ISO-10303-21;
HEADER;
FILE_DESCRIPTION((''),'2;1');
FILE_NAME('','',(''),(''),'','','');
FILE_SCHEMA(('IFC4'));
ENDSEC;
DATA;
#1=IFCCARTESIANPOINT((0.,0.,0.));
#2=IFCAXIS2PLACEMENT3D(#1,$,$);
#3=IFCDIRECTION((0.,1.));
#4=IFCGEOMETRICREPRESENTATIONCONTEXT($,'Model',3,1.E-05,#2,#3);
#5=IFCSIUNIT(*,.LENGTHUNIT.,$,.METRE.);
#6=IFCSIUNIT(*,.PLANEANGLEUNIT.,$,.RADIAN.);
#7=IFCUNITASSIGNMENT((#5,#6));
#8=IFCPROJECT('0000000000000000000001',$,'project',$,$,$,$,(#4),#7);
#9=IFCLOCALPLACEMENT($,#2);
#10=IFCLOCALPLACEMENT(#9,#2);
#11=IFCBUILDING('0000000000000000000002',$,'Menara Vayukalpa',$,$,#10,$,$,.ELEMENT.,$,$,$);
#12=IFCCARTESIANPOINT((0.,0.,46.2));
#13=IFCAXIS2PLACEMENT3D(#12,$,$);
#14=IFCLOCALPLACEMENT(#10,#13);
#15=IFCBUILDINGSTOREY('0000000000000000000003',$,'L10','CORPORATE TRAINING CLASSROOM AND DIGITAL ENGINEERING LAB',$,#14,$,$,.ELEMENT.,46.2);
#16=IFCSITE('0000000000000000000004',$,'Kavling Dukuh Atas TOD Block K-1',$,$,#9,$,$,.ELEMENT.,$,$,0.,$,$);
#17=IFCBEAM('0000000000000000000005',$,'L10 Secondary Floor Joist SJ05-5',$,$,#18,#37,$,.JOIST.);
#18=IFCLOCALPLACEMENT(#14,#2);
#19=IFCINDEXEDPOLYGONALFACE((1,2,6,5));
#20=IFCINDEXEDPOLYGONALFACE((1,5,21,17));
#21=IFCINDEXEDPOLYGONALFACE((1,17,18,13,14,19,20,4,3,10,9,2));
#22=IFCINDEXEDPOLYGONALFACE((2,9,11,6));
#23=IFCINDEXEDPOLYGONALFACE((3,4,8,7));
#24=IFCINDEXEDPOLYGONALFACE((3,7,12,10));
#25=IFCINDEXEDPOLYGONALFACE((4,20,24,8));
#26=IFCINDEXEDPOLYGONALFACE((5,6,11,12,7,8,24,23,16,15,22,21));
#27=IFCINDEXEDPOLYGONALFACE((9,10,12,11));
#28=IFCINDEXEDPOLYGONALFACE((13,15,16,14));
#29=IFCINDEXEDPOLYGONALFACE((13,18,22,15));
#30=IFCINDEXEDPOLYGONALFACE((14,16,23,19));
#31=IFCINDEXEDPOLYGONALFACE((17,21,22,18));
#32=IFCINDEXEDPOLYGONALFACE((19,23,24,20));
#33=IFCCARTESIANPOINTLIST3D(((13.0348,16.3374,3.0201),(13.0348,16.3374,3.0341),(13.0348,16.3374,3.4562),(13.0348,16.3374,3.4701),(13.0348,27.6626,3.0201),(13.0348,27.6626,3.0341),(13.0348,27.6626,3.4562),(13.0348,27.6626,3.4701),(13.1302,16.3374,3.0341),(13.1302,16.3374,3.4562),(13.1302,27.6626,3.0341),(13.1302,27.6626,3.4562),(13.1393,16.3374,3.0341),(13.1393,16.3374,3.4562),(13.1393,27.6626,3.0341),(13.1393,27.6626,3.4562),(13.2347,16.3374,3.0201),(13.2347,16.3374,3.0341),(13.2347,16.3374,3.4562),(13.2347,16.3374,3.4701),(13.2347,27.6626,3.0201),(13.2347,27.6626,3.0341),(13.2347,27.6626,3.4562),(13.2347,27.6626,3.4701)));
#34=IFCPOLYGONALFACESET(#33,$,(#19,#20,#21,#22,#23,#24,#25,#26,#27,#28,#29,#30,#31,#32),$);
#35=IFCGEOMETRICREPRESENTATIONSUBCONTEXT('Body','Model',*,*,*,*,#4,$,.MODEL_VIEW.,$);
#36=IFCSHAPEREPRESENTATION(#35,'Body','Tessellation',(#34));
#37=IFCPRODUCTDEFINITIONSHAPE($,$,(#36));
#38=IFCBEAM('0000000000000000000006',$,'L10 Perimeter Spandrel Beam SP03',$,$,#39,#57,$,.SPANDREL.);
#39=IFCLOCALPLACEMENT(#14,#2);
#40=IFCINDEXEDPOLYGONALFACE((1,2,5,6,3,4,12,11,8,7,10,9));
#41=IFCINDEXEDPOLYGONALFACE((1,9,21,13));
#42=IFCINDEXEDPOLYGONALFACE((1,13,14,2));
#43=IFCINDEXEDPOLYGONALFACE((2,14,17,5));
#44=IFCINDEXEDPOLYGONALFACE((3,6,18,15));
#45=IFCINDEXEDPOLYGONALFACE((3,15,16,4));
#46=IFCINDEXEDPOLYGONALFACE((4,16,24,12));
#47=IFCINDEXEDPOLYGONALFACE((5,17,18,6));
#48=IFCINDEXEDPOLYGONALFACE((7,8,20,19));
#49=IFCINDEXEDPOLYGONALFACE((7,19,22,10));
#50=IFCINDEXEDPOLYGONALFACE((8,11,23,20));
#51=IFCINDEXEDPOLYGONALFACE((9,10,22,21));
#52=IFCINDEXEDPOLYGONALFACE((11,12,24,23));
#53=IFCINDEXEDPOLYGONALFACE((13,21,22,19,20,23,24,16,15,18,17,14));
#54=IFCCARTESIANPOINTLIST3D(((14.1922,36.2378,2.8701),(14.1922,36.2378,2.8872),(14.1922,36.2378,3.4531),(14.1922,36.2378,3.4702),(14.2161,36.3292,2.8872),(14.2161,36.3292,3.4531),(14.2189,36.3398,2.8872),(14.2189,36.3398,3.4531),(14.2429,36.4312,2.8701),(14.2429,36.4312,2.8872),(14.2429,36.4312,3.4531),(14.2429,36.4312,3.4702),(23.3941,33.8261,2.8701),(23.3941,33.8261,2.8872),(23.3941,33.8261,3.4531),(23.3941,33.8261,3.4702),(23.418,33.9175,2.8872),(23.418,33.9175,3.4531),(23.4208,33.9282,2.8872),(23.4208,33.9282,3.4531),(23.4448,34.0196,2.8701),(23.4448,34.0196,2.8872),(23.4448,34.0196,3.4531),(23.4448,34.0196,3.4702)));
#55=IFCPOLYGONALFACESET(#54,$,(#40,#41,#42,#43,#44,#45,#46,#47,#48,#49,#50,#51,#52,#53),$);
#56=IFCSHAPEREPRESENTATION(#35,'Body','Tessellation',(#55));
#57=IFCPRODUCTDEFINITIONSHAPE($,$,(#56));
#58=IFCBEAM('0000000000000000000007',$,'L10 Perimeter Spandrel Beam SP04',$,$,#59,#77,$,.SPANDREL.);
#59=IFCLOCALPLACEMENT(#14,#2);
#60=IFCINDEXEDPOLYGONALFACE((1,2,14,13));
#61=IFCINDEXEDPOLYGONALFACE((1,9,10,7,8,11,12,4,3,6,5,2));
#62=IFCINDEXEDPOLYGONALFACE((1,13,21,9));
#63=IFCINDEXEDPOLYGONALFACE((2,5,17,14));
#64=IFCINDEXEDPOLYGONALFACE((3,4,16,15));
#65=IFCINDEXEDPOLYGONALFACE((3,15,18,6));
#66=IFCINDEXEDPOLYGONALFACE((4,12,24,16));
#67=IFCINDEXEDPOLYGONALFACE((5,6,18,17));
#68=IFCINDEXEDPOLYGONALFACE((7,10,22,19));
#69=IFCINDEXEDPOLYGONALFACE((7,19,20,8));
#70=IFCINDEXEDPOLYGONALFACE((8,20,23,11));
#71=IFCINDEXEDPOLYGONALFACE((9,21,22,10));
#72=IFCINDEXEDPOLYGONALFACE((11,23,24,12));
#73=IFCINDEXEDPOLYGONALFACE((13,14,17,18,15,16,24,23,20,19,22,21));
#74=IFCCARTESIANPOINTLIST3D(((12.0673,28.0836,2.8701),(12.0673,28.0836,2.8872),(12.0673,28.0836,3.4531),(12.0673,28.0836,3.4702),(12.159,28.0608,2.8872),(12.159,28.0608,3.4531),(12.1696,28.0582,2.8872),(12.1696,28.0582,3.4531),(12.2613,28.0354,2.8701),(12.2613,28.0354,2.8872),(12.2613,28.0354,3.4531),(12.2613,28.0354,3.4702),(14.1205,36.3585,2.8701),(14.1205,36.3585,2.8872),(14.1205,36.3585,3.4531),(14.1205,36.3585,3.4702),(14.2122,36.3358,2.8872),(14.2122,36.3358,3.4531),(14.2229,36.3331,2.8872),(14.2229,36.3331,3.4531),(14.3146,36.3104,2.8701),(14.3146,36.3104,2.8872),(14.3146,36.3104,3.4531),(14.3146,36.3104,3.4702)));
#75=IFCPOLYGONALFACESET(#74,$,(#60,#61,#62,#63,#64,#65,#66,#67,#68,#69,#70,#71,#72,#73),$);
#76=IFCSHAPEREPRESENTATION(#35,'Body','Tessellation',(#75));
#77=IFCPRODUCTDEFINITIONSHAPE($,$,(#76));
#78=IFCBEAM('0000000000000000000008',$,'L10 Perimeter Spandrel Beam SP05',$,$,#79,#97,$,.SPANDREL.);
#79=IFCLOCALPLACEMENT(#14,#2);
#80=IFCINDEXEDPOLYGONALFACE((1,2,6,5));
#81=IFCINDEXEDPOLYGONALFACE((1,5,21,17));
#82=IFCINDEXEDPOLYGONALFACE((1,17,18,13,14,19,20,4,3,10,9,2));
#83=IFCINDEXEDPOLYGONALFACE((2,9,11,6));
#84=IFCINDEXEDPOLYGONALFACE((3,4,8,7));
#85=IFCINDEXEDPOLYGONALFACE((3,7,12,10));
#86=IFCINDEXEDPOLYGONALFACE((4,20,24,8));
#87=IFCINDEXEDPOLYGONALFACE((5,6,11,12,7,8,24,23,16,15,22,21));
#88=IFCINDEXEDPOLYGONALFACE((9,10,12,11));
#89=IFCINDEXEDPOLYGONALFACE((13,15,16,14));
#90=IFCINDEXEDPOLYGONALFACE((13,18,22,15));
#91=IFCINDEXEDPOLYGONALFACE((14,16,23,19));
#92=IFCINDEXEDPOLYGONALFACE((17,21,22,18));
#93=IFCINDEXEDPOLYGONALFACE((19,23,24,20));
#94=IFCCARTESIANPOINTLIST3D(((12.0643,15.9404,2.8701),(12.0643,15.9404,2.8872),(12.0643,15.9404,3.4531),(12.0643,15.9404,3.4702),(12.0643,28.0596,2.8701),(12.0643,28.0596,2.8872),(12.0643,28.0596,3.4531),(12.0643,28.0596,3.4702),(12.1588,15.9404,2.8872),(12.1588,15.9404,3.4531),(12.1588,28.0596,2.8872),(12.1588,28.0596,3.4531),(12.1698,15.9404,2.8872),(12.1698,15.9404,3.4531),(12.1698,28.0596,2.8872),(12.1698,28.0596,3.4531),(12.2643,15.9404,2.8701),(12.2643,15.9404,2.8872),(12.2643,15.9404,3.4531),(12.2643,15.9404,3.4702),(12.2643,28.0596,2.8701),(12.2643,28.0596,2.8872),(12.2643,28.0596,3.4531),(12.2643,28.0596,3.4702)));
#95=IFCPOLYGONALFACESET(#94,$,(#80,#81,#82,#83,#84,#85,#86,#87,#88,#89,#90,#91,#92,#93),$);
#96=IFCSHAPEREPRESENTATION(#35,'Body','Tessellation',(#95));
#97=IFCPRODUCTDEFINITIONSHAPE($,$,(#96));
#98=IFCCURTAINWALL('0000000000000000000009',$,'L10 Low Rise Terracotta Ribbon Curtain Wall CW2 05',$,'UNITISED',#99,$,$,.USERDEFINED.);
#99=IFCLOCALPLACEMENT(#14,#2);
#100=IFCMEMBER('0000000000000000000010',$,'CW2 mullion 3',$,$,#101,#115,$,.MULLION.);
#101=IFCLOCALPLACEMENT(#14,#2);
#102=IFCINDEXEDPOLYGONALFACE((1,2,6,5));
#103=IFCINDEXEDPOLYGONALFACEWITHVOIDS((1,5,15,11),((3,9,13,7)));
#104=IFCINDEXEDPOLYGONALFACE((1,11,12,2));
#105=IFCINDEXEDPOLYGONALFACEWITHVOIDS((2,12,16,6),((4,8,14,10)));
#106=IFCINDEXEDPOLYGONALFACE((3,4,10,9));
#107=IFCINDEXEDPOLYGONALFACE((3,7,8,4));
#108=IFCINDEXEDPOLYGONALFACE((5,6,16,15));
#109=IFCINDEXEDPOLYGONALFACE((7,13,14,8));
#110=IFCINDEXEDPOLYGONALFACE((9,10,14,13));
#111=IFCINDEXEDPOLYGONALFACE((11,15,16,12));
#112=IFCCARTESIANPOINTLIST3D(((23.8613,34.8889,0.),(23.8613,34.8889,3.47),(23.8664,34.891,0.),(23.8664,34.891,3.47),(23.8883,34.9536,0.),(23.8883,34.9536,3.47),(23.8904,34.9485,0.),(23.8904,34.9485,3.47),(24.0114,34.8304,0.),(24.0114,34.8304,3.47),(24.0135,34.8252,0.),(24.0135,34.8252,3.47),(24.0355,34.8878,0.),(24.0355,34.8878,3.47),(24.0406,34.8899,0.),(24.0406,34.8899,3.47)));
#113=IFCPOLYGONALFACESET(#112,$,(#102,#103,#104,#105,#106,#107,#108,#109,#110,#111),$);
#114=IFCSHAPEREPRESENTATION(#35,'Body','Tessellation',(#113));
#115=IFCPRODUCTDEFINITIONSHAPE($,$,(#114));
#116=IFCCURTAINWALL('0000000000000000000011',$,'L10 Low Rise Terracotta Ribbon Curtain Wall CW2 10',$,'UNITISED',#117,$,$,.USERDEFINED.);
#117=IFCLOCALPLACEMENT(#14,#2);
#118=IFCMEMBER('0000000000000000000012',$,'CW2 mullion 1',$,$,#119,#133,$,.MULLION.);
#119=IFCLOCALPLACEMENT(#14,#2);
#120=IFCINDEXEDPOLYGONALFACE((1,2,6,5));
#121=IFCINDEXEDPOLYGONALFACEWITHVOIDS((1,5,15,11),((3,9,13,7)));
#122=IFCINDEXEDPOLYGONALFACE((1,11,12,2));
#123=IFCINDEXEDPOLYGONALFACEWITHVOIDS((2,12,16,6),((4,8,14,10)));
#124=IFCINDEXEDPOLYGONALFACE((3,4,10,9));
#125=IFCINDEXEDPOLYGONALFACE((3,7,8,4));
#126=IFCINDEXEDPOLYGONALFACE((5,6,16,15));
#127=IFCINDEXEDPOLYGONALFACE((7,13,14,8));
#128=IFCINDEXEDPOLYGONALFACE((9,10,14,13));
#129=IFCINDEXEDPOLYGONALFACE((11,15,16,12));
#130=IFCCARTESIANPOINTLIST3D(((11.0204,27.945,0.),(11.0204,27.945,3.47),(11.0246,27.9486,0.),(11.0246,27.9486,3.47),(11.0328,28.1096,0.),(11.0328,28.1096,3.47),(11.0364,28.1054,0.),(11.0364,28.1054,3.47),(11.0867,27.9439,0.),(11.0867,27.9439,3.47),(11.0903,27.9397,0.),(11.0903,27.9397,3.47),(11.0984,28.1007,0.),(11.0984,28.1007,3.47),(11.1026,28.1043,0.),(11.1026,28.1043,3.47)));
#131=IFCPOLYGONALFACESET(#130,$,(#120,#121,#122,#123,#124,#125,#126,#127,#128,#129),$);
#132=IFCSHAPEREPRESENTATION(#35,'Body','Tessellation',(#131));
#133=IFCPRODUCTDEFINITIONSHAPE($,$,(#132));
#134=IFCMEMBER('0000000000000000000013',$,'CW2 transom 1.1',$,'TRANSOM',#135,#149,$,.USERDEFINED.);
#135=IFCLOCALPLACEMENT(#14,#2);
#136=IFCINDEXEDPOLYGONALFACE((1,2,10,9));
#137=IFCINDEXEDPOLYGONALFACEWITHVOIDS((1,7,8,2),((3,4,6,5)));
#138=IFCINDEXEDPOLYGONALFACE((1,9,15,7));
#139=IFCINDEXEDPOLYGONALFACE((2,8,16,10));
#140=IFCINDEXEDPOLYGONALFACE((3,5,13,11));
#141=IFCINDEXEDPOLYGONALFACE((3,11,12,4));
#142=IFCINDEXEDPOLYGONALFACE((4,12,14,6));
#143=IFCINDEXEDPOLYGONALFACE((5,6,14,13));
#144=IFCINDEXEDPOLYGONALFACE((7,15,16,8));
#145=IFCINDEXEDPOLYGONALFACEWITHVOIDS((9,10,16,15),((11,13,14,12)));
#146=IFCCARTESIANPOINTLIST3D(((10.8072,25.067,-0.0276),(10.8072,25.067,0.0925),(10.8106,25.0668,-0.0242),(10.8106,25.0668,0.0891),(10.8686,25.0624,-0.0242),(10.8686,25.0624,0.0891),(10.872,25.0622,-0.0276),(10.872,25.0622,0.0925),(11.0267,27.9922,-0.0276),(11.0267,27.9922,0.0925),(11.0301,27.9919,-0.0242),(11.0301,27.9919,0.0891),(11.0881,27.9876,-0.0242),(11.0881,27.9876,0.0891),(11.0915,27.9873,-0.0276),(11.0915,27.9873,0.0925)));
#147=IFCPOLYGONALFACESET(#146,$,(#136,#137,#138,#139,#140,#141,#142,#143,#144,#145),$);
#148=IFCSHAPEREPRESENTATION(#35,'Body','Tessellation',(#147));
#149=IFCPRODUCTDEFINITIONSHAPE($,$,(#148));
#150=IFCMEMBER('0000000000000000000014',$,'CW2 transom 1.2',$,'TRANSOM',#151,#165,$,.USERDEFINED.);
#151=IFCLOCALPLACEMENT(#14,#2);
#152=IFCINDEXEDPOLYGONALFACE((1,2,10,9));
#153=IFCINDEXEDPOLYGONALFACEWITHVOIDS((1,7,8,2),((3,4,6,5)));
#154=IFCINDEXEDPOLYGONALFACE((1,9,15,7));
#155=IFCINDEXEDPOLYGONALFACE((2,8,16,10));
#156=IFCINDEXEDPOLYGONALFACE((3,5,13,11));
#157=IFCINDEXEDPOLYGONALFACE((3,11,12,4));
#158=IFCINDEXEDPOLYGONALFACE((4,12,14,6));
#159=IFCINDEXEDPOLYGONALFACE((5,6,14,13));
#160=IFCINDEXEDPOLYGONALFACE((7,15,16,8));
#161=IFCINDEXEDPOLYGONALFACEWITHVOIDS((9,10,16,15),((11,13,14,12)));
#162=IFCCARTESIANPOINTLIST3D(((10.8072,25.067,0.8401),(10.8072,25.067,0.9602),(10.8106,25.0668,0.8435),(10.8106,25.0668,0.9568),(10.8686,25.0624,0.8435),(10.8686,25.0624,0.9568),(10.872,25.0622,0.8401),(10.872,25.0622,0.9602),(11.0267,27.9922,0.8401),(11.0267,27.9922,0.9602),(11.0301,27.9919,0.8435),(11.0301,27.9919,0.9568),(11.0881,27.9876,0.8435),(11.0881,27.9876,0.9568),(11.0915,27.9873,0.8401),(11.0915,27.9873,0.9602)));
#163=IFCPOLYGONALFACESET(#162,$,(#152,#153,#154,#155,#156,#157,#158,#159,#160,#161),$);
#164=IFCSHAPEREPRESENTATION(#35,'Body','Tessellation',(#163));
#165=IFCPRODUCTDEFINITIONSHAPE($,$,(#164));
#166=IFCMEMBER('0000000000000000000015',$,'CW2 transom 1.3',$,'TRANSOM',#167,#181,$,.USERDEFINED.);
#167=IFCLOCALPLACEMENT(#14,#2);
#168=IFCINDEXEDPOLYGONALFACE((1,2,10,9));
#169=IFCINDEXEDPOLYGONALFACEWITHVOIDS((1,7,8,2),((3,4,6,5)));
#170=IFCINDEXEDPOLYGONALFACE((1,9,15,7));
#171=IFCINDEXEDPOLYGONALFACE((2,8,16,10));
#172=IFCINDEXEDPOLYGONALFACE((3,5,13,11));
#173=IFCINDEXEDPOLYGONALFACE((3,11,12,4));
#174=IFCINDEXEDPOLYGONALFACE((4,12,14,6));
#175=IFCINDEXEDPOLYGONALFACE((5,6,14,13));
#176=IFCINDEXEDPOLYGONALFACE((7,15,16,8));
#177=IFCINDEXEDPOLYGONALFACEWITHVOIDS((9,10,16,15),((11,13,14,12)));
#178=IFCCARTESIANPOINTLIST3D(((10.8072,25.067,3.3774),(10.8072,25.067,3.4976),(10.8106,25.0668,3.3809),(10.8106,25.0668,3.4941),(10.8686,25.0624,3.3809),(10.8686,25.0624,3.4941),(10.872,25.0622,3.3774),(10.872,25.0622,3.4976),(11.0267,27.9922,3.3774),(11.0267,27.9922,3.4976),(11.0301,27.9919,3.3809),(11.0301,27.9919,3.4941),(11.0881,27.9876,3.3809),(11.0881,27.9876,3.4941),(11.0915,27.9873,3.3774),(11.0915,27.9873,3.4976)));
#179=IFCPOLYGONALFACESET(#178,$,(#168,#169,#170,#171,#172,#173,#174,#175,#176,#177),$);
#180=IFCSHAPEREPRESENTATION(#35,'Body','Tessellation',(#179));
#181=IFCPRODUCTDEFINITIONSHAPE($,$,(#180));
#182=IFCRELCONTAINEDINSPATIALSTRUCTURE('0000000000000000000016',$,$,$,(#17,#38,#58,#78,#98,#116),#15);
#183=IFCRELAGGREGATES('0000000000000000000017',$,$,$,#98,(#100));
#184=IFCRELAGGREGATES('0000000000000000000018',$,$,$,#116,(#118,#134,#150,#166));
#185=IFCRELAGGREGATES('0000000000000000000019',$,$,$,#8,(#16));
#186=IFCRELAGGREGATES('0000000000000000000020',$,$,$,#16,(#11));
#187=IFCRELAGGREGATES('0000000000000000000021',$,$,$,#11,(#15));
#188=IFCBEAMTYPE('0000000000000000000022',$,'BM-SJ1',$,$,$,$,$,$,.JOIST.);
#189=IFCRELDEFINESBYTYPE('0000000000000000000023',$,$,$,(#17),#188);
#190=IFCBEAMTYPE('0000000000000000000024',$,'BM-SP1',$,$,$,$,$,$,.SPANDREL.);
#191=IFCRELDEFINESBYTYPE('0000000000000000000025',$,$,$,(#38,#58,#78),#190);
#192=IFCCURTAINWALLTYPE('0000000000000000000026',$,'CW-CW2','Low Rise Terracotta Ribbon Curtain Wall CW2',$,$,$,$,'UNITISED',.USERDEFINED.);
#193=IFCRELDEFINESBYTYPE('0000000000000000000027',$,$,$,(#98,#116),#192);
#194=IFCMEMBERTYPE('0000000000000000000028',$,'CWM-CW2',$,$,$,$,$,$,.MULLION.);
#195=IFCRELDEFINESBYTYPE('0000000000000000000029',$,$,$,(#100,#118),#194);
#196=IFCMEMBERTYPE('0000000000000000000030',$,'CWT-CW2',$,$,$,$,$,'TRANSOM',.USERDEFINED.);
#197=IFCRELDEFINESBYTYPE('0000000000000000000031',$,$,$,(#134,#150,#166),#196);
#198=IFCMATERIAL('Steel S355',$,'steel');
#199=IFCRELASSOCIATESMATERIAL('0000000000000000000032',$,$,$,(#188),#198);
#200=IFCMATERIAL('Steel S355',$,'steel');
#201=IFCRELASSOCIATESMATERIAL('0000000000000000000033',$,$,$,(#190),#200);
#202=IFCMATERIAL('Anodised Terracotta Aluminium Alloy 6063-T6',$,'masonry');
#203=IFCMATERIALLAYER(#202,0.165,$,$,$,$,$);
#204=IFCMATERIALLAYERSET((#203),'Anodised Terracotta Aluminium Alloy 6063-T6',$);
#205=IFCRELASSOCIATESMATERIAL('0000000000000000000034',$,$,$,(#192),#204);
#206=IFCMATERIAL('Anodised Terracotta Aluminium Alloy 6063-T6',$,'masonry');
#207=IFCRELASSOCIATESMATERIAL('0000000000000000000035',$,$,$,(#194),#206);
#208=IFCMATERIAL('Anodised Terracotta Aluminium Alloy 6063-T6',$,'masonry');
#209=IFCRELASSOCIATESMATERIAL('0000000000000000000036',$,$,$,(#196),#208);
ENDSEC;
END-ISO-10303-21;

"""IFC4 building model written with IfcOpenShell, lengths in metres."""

from ifc_helpers import new_model, si_unit, direction, frame, origin, origin_2d, place, context, subcontext, project, spatial, hollow_rectangle, i_section, extrude, material, layer, layer_set, material_profile, profile_set, type_object, element, aggregate, save


model = new_model("IFC4")

# Units and contexts
model_context = context("Model", 3, precision=1e-05, world=origin(), true_north=direction((0.0, 1.0)))
body_context = subcontext(model_context, "Body", "Model", "MODEL_VIEW")
ifc_project = project(units=[si_unit("LENGTHUNIT", "METRE"), si_unit("PLANEANGLEUNIT", "RADIAN")], contexts=[model_context])

# Site, building, storey
site_placement = place(None, origin())
site = spatial("IfcSite", under=ifc_project, at=site_placement, Name="Kavling Dukuh Atas TOD Block K-1", CompositionType="ELEMENT", RefElevation=0.0)
building_placement = place(site_placement, origin())
building = spatial("IfcBuilding", under=site, at=building_placement, Name="Menara Vayukalpa", CompositionType="ELEMENT")
storey_placement = place(building_placement, frame((0.0, 0.0, 46.2)))
storey = spatial("IfcBuildingStorey", under=building, at=storey_placement, Name="L10", Description="CORPORATE TRAINING CLASSROOM AND DIGITAL ENGINEERING LAB", CompositionType="ELEMENT", Elevation=46.2)

# Beams
ifc_material_1 = material(Name="Steel S355", Category="steel")
ifc_material_profile_1 = material_profile(ifc_material_1, i_section(OverallWidth=0.2, OverallDepth=0.45, WebThickness=0.009, FlangeThickness=0.0139, at=origin_2d()), Name="WF 450x200x9x14")
ifc_profile_set_1 = profile_set([ifc_material_profile_1], Name="Steel S355")
beam_type_1 = type_object("IfcBeamType", Name="BM-SJ1", PredefinedType="JOIST", material=ifc_profile_set_1)
beam_1_placement = place(storey_placement, frame((13.1348, 27.6626, 3.2451), z_axis=(0.0, -1.0, 0.0), x_axis=(1.0, 0.0, 0.0)))
element("IfcBeam", 1, at=beam_1_placement, inside=storey, type_object=beam_type_1, Name="L10 Secondary Floor Joist SJ05-5", PredefinedType="JOIST", context=body_context, shape_type="SweptSolid", body=[
    extrude(i_section(OverallWidth=0.2, OverallDepth=0.45, WebThickness=0.009, FlangeThickness=0.0139, at=origin_2d()), origin(), (0.0, 0.0, 1.0), 11.3252),
])
ifc_material_2 = material(Name="Steel S355", Category="steel")
ifc_material_profile_2 = material_profile(ifc_material_2, i_section(OverallWidth=0.2, OverallDepth=0.6001, WebThickness=0.011, FlangeThickness=0.0171, at=origin_2d()), Name="WF 600x200x11x17")
ifc_profile_set_2 = profile_set([ifc_material_profile_2], Name="Steel S355")
beam_type_2 = type_object("IfcBeamType", Name="BM-SP1", PredefinedType="SPANDREL", material=ifc_profile_set_2)
beam_2_placement = place(storey_placement, frame((23.4194, 33.9229, 3.1702), z_axis=(-0.967331, 0.253517, 0.0), x_axis=(-0.253517, -0.967331, 0.0)))
element("IfcBeam", 2, at=beam_2_placement, inside=storey, type_object=beam_type_2, Name="L10 Perimeter Spandrel Beam SP03", PredefinedType="SPANDREL", context=body_context, shape_type="SweptSolid", body=[
    extrude(i_section(OverallWidth=0.2, OverallDepth=0.6001, WebThickness=0.011, FlangeThickness=0.0171, at=origin_2d()), origin(), (0.0, 0.0, 1.0), 9.5127),
])
beam_3_placement = place(storey_placement, frame((14.2175, 36.3345, 3.1702), z_axis=(-0.240824, -0.970569, 0.0), x_axis=(0.970569, -0.240824, 0.0)))
element("IfcBeam", 3, at=beam_3_placement, inside=storey, type_object=beam_type_2, Name="L10 Perimeter Spandrel Beam SP04", PredefinedType="SPANDREL", context=body_context, shape_type="SweptSolid", body=[
    extrude(i_section(OverallWidth=0.2, OverallDepth=0.6001, WebThickness=0.011, FlangeThickness=0.0171, at=origin_2d()), origin(), (0.0, 0.0, 1.0), 8.5259),
])
beam_4_placement = place(storey_placement, frame((12.1643, 28.0596, 3.1702), z_axis=(0.0, -1.0, 0.0), x_axis=(1.0, 0.0, 0.0)))
element("IfcBeam", 4, at=beam_4_placement, inside=storey, type_object=beam_type_2, Name="L10 Perimeter Spandrel Beam SP05", PredefinedType="SPANDREL", context=body_context, shape_type="SweptSolid", body=[
    extrude(i_section(OverallWidth=0.2, OverallDepth=0.6001, WebThickness=0.011, FlangeThickness=0.0171, at=origin_2d()), origin(), (0.0, 0.0, 1.0), 12.1191),
])

# Curtain wall, member
ifc_material_3 = material(Name="Anodised Terracotta Aluminium Alloy 6063-T6", Category="masonry")
ifc_layer_1 = layer(ifc_material_3, 0.165)
ifc_layer_set_1 = layer_set([ifc_layer_1], Name="Anodised Terracotta Aluminium Alloy 6063-T6")
curtain_wall_type = type_object("IfcCurtainWallType", Name="CW-CW2", Description="Low Rise Terracotta Ribbon Curtain Wall CW2", ElementType="UNITISED", PredefinedType="USERDEFINED", material=ifc_layer_set_1)
curtain_wall_1_placement = place(storey_placement, origin())
curtain_wall_1 = element("IfcCurtainWall", 5, at=curtain_wall_1_placement, inside=storey, type_object=curtain_wall_type, Name="L10 Low Rise Terracotta Ribbon Curtain Wall CW2 05", ObjectType="UNITISED", PredefinedType="USERDEFINED")
ifc_material_4 = material(Name="Anodised Terracotta Aluminium Alloy 6063-T6", Category="masonry")
ifc_material_profile_3 = material_profile(ifc_material_4, hollow_rectangle(XDim=0.0701, YDim=0.165, WallThickness=0.0039, at=origin_2d()), Name="ALU 70x165x4")
ifc_profile_set_3 = profile_set([ifc_material_profile_3], Name="Anodised Terracotta Aluminium Alloy 6063-T6")
member_type_1 = type_object("IfcMemberType", Name="CWM-CW2", PredefinedType="MULLION", material=ifc_profile_set_3)
member_1_placement = place(storey_placement, frame((23.9509, 34.8894, 0.0), z_axis=(0.0, 0.0, 1.0), x_axis=(-0.385895, -0.922543, 0.0)))
member_1 = element("IfcMember", 6, at=member_1_placement, type_object=member_type_1, Name="CW2 mullion 3", PredefinedType="MULLION", context=body_context, shape_type="SweptSolid", body=[
    extrude(hollow_rectangle(XDim=0.0701, YDim=0.165, WallThickness=0.0039, at=origin_2d()), origin(), (0.0, 0.0, 1.0), 3.47),
])
aggregate(curtain_wall_1, [member_1])

# Curtain wall, members
curtain_wall_2_placement = place(storey_placement, origin())
curtain_wall_2 = element("IfcCurtainWall", 7, at=curtain_wall_2_placement, inside=storey, type_object=curtain_wall_type, Name="L10 Low Rise Terracotta Ribbon Curtain Wall CW2 10", ObjectType="UNITISED", PredefinedType="USERDEFINED")
member_2_placement = place(storey_placement, frame((11.0615, 28.0247, 0.0), z_axis=(0.0, 0.0, 1.0), x_axis=(0.997199, -0.074795, 0.0)))
member_2 = element("IfcMember", 8, at=member_2_placement, type_object=member_type_1, Name="CW2 mullion 1", PredefinedType="MULLION", context=body_context, shape_type="SweptSolid", body=[
    extrude(hollow_rectangle(XDim=0.0701, YDim=0.165, WallThickness=0.0039, at=origin_2d()), origin(), (0.0, 0.0, 1.0), 3.47),
])
ifc_material_5 = material(Name="Anodised Terracotta Aluminium Alloy 6063-T6", Category="masonry")
ifc_material_profile_4 = material_profile(ifc_material_5, hollow_rectangle(XDim=0.0649, YDim=0.1201, WallThickness=0.0034, at=origin_2d()), Name="ALU 65x120x3.5")
ifc_profile_set_4 = profile_set([ifc_material_profile_4], Name="Anodised Terracotta Aluminium Alloy 6063-T6")
member_type_2 = type_object("IfcMemberType", Name="CWT-CW2", ElementType="TRANSOM", PredefinedType="USERDEFINED", material=ifc_profile_set_4)
member_3_placement = place(storey_placement, frame((11.0591, 27.9897, 0.0325), z_axis=(-0.074825, -0.997197, 0.0), x_axis=(0.997197, -0.074825, 0.0)))
member_3 = element("IfcMember", 9, at=member_3_placement, type_object=member_type_2, Name="CW2 transom 1.1", ObjectType="TRANSOM", PredefinedType="USERDEFINED", context=body_context, shape_type="SweptSolid", body=[
    extrude(hollow_rectangle(XDim=0.0649, YDim=0.1201, WallThickness=0.0034, at=origin_2d()), origin(), (0.0, 0.0, 1.0), 2.9333),
])
member_4_placement = place(storey_placement, frame((11.0591, 27.9897, 0.9001), z_axis=(-0.074825, -0.997197, 0.0), x_axis=(0.997197, -0.074825, 0.0)))
member_4 = element("IfcMember", 10, at=member_4_placement, type_object=member_type_2, Name="CW2 transom 1.2", ObjectType="TRANSOM", PredefinedType="USERDEFINED", context=body_context, shape_type="SweptSolid", body=[
    extrude(hollow_rectangle(XDim=0.0649, YDim=0.1201, WallThickness=0.0034, at=origin_2d()), origin(), (0.0, 0.0, 1.0), 2.9333),
])
member_5_placement = place(storey_placement, frame((11.0591, 27.9897, 3.4375), z_axis=(-0.074825, -0.997197, 0.0), x_axis=(0.997197, -0.074825, 0.0)))
member_5 = element("IfcMember", 11, at=member_5_placement, type_object=member_type_2, Name="CW2 transom 1.3", ObjectType="TRANSOM", PredefinedType="USERDEFINED", context=body_context, shape_type="SweptSolid", body=[
    extrude(hollow_rectangle(XDim=0.0649, YDim=0.1201, WallThickness=0.0034, at=origin_2d()), origin(), (0.0, 0.0, 1.0), 2.9333),
])
aggregate(curtain_wall_2, [member_2, member_3, member_4, member_5])

save(model, "model.ifc")
